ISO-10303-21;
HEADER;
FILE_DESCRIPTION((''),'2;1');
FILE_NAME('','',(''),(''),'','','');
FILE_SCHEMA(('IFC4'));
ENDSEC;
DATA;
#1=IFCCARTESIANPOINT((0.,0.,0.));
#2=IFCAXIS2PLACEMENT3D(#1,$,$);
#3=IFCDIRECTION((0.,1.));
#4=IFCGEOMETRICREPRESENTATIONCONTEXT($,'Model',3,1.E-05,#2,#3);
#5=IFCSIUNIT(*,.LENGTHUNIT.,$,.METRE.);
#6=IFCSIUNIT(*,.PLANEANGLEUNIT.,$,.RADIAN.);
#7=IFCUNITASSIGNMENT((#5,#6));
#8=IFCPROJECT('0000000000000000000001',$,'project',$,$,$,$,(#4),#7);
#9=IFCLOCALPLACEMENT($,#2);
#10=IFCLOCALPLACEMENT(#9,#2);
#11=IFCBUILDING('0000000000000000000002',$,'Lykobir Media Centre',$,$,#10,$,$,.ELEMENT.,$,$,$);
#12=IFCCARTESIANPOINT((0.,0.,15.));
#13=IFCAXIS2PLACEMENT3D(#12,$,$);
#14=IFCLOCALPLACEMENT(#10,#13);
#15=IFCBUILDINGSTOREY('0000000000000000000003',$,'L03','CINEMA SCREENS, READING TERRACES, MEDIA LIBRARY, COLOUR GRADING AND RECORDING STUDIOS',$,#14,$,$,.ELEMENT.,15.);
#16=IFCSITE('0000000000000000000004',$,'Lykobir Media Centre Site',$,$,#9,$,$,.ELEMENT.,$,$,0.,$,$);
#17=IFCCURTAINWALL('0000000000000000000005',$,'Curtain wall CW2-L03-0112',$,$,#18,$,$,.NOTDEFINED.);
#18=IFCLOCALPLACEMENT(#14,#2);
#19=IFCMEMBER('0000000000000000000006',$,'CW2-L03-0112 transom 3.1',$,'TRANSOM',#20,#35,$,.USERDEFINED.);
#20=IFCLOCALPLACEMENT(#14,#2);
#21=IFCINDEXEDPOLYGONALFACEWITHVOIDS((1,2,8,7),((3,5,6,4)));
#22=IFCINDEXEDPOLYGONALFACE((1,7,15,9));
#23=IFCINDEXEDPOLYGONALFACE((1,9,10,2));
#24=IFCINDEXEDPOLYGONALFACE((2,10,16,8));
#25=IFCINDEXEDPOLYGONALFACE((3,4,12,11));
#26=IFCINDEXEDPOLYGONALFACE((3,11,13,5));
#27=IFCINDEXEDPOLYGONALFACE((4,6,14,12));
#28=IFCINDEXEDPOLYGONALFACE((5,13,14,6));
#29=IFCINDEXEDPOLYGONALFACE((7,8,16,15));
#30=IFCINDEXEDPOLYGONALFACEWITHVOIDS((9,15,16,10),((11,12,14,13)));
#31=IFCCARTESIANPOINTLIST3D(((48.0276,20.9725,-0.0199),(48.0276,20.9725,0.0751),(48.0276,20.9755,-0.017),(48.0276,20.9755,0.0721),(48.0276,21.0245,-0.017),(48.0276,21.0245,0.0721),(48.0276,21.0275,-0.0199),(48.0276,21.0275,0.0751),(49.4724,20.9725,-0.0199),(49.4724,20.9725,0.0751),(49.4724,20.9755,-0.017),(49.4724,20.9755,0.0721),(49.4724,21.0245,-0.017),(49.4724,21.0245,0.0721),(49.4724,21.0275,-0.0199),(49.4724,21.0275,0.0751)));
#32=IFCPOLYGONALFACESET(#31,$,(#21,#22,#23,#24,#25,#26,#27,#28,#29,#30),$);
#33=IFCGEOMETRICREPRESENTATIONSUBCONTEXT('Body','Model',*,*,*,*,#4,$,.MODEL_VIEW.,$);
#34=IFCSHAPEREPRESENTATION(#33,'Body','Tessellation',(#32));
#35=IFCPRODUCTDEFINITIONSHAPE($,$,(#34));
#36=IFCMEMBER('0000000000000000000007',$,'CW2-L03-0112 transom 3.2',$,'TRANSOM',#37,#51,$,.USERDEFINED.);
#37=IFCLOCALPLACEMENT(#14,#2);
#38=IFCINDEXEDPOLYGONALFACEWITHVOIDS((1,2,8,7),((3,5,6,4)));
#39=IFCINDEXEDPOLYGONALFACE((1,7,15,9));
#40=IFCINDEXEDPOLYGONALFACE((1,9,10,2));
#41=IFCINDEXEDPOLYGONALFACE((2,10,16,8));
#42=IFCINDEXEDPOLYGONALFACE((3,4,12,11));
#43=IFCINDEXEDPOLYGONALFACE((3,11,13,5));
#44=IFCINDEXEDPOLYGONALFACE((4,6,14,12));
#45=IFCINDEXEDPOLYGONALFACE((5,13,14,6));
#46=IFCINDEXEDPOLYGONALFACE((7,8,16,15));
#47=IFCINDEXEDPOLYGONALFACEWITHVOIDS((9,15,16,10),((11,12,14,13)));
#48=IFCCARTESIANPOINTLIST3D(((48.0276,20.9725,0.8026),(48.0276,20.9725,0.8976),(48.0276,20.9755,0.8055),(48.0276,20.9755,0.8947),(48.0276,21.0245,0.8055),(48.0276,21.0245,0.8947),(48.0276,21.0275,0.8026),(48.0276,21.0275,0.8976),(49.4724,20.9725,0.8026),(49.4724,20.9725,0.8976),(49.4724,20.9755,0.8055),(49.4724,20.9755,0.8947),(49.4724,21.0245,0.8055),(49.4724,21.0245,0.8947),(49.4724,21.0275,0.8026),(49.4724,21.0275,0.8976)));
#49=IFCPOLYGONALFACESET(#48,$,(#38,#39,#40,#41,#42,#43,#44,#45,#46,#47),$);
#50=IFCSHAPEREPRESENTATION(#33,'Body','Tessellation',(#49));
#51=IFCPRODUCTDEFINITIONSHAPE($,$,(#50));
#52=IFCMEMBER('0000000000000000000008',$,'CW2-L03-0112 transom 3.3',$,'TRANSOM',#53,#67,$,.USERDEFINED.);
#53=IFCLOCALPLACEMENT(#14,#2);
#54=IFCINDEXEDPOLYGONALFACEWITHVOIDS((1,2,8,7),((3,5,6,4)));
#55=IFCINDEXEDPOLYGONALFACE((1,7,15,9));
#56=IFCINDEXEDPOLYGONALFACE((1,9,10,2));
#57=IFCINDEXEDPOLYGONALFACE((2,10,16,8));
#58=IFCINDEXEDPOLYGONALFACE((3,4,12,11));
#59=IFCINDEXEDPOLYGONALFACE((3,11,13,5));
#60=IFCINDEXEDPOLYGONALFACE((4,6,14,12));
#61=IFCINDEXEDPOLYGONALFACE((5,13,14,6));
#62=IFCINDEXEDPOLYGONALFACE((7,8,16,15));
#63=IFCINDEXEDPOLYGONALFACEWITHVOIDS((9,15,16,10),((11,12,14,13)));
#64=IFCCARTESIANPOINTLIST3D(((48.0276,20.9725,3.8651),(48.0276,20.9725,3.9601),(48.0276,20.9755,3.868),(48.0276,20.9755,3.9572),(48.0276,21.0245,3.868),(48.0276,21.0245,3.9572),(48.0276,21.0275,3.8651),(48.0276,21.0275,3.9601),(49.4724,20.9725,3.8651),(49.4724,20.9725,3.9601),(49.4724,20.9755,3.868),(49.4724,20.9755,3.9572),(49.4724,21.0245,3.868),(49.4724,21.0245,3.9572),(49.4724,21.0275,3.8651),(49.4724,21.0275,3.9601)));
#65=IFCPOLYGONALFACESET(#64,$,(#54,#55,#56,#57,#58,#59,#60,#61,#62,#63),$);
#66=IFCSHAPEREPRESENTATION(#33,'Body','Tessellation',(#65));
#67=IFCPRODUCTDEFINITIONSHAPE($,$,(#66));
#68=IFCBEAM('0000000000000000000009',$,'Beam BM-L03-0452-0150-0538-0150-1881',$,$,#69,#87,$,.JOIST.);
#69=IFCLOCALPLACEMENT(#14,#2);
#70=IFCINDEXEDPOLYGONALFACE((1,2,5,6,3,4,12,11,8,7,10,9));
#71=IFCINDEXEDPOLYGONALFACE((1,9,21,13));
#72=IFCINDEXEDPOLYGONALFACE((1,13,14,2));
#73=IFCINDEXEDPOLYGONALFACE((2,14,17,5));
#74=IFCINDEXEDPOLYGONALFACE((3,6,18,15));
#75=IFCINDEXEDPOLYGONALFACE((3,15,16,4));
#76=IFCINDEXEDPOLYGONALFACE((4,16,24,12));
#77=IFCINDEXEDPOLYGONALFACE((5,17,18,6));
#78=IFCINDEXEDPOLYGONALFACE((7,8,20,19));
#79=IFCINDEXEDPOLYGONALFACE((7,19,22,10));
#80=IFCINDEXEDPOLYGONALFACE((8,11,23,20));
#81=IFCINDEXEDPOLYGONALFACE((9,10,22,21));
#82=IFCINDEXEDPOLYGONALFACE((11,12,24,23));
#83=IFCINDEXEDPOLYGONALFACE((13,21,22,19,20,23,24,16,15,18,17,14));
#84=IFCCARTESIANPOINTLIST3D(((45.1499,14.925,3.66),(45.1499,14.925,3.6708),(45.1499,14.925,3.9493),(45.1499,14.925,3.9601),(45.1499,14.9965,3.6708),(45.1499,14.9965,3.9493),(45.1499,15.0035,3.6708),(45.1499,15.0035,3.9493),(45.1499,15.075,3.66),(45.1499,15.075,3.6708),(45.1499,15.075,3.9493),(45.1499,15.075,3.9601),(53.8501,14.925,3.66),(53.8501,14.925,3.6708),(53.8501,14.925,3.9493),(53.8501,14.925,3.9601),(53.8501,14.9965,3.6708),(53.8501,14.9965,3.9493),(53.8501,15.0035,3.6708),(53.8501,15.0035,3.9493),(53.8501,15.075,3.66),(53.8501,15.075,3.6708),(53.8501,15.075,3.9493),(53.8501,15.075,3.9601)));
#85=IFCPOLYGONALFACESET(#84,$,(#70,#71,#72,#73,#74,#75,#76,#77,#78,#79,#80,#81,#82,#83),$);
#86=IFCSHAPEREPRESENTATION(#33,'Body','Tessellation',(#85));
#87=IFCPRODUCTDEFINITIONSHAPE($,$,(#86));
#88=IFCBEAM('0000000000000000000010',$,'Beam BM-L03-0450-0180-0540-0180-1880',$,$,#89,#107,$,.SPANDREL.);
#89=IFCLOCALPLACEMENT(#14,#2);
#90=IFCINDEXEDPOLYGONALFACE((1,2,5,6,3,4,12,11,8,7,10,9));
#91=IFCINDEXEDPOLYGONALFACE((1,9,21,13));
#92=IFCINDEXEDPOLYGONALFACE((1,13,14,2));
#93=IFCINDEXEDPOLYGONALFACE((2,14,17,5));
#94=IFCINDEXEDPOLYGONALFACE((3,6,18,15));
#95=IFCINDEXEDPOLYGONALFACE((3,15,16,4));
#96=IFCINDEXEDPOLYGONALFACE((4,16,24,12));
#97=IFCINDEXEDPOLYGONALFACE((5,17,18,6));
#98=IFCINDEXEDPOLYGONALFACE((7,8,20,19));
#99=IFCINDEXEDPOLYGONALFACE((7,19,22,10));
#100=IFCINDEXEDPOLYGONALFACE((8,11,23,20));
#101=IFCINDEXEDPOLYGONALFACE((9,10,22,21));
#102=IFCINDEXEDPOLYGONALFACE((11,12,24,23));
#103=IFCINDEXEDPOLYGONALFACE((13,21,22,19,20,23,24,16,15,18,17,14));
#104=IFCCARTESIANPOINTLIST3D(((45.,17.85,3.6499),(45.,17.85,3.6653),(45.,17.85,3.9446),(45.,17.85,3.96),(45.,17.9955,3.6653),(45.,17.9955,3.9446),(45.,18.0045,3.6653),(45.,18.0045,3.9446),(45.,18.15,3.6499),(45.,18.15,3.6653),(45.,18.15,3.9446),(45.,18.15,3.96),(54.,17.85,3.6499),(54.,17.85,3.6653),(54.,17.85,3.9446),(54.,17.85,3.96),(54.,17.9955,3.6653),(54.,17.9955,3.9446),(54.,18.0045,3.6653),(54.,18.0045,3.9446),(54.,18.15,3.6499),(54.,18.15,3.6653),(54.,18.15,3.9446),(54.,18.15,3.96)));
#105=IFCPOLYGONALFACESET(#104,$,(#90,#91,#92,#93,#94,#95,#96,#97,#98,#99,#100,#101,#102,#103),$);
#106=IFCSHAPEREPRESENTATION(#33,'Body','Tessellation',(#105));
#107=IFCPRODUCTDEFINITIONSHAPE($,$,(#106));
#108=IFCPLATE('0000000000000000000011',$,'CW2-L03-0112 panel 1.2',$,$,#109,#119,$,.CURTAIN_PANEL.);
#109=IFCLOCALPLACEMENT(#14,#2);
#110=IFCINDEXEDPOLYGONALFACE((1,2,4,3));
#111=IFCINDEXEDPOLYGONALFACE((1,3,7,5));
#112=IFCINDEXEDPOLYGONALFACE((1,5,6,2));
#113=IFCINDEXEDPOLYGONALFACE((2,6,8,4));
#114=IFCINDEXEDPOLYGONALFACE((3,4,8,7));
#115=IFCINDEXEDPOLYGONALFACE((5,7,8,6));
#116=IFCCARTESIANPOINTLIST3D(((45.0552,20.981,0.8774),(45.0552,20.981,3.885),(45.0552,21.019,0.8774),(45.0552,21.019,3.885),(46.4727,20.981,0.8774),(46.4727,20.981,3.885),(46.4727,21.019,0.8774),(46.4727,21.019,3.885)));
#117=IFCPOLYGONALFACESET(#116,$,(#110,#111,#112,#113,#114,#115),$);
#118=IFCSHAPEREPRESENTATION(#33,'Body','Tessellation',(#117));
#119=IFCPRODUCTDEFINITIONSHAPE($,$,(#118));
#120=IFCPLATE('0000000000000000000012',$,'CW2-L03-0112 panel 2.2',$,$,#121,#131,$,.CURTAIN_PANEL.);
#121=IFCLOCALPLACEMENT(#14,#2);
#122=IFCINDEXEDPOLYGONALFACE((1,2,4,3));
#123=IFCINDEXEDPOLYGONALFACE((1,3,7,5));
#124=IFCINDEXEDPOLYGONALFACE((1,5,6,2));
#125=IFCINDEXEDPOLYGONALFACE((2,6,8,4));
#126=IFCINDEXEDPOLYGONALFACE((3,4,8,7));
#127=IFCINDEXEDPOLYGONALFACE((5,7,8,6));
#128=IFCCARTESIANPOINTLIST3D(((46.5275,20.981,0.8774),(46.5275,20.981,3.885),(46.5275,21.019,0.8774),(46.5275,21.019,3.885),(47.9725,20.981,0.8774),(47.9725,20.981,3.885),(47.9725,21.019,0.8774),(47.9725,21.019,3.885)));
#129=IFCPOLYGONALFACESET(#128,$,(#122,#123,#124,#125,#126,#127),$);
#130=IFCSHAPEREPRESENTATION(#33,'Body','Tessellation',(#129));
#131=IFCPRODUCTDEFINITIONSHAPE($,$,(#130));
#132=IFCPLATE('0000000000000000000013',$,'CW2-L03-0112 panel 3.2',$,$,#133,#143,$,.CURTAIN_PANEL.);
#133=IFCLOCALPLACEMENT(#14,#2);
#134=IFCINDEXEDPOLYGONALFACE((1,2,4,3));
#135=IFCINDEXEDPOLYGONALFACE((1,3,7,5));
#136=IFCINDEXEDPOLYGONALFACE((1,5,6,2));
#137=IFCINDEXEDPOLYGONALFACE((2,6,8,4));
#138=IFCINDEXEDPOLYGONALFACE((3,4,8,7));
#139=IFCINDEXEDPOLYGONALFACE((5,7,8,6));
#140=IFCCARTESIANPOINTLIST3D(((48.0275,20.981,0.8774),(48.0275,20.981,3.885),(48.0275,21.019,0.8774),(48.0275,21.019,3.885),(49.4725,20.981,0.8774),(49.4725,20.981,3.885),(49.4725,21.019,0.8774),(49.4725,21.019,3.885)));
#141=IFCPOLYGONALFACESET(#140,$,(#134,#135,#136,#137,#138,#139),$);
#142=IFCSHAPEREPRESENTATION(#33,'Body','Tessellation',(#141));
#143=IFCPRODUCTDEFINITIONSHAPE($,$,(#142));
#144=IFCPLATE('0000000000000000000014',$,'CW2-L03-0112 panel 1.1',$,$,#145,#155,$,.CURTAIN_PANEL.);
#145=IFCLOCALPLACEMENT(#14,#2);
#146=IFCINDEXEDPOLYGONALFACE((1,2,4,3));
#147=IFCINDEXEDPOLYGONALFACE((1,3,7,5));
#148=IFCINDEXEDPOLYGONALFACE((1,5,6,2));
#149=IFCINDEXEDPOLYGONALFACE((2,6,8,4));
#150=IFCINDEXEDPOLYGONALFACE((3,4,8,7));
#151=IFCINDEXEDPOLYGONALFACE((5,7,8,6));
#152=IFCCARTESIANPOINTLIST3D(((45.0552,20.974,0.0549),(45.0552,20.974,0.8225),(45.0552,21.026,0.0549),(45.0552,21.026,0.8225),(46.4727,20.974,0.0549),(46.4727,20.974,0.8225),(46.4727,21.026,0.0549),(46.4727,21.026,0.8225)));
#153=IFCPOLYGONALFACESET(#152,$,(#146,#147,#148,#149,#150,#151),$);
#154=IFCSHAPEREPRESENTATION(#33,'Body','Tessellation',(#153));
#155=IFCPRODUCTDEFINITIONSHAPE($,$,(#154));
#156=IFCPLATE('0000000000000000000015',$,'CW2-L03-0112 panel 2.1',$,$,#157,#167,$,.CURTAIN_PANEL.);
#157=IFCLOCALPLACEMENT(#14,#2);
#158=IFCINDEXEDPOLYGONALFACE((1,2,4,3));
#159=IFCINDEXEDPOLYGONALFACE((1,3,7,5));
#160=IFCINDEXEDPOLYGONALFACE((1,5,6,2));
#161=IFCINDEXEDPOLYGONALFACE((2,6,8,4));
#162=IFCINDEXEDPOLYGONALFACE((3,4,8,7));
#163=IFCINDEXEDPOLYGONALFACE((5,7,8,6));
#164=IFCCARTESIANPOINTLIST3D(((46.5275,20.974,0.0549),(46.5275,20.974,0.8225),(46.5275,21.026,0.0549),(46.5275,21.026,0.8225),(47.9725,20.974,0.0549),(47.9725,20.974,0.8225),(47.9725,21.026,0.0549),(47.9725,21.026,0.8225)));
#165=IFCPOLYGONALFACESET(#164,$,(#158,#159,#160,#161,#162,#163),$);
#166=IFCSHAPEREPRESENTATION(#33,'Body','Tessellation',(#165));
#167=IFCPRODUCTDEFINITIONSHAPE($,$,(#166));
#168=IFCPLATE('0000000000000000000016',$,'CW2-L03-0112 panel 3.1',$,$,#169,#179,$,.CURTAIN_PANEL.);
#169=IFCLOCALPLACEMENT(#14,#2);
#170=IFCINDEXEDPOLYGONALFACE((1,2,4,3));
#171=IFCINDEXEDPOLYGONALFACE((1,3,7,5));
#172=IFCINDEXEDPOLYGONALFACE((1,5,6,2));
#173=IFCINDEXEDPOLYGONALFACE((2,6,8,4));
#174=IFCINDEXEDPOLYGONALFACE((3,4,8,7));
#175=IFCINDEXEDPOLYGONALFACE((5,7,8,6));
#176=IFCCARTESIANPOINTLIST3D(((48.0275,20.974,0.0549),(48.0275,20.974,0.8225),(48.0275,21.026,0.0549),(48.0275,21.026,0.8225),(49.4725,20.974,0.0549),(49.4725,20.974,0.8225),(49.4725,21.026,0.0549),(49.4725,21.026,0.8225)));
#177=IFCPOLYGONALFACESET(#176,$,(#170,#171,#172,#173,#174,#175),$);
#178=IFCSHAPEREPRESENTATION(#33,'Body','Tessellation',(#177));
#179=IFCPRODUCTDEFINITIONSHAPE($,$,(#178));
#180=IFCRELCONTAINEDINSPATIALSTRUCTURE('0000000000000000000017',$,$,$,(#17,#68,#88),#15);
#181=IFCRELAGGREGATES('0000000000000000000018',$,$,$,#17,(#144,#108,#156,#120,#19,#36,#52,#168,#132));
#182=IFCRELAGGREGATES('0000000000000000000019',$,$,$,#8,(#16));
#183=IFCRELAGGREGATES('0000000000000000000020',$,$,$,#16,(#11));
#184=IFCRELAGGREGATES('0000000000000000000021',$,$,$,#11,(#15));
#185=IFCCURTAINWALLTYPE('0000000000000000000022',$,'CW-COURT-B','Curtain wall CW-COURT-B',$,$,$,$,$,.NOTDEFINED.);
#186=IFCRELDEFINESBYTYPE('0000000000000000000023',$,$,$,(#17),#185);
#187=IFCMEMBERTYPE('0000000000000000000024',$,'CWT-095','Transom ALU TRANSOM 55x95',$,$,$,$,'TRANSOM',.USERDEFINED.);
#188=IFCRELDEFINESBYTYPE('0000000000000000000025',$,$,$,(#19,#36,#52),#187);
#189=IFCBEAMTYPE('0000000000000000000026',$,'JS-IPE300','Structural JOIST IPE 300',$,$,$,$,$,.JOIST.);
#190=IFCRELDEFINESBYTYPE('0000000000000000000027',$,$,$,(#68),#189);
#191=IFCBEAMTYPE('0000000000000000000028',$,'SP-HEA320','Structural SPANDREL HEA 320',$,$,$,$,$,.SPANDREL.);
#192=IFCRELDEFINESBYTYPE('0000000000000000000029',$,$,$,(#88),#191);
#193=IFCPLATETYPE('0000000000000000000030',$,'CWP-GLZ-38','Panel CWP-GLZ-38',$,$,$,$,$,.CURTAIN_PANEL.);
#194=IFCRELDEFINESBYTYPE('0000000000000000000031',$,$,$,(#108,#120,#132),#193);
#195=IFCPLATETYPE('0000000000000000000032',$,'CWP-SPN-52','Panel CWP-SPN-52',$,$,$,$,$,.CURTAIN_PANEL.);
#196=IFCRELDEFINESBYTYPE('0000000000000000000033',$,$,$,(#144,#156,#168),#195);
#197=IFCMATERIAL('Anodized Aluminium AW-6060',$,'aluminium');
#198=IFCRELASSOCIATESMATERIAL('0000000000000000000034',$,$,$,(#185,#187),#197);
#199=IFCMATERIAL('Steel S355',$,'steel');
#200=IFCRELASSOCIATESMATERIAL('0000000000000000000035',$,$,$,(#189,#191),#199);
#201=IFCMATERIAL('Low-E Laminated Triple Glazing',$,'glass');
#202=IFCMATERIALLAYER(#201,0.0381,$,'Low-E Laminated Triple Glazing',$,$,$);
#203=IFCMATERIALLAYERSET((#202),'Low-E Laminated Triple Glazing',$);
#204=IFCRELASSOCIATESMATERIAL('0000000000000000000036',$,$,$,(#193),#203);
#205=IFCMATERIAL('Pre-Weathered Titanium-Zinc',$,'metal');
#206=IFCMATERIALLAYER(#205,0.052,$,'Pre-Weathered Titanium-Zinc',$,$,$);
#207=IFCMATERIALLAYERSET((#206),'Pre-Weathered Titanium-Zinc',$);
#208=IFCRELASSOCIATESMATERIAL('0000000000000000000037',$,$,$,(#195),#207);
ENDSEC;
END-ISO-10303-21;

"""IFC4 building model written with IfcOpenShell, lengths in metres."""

from ifc_helpers import new_model, si_unit, direction, frame, origin, origin_2d, place, context, subcontext, project, spatial, rectangle, hollow_rectangle, i_section, extrude, material, layer, layer_set, material_profile, profile_set, type_object, element, aggregate, save


model = new_model("IFC4")

# Units and contexts
model_context = context("Model", 3, precision=1e-05, world=origin(), true_north=direction((0.0, 1.0)))
body_context = subcontext(model_context, "Body", "Model", "MODEL_VIEW")
ifc_project = project(units=[si_unit("LENGTHUNIT", "METRE"), si_unit("PLANEANGLEUNIT", "RADIAN")], contexts=[model_context])

# Site, building, storey
site_placement = place(None, origin())
site = spatial("IfcSite", under=ifc_project, at=site_placement, Name="Lykobir Media Centre Site", CompositionType="ELEMENT", RefElevation=0.0)
building_placement = place(site_placement, origin())
building = spatial("IfcBuilding", under=site, at=building_placement, Name="Lykobir Media Centre", CompositionType="ELEMENT")
storey_placement = place(building_placement, frame((0.0, 0.0, 15.0)))
storey = spatial("IfcBuildingStorey", under=building, at=storey_placement, Name="L03", Description="CINEMA SCREENS, READING TERRACES, MEDIA LIBRARY, COLOUR GRADING AND RECORDING STUDIOS", CompositionType="ELEMENT", Elevation=15.0)

# Shared definitions
ifc_material_1 = material(Name="Steel S355", Category="steel")

# Curtain wall, members
ifc_material_2 = material(Name="Anodized Aluminium AW-6060", Category="aluminium")
curtain_wall_type = type_object("IfcCurtainWallType", Name="CW-COURT-B", Description="Curtain wall CW-COURT-B", PredefinedType="NOTDEFINED", material=ifc_material_2)
curtain_wall_placement = place(storey_placement, origin())
curtain_wall = element("IfcCurtainWall", 1, at=curtain_wall_placement, inside=storey, type_object=curtain_wall_type, Name="Curtain wall CW2-L03-0112", PredefinedType="NOTDEFINED")
ifc_material_profile_1 = material_profile(ifc_material_2, hollow_rectangle(XDim=0.0549, YDim=0.095, WallThickness=0.0029, at=origin_2d()), Name="ALU TRANSOM 55x95")
ifc_profile_set_1 = profile_set([ifc_material_profile_1], Name="Anodized Aluminium AW-6060")
member_type_1 = type_object("IfcMemberType", Name="CWT-095", Description="Transom ALU TRANSOM 55x95", ElementType="TRANSOM", PredefinedType="USERDEFINED", material=ifc_profile_set_1)
member_1_placement = place(storey_placement, frame((48.0276, 21.0, 0.0276), z_axis=(1.0, 0.0, 0.0), x_axis=(0.0, 1.0, 0.0)))
member_1 = element("IfcMember", 2, at=member_1_placement, type_object=member_type_1, Name="CW2-L03-0112 transom 3.1", ObjectType="TRANSOM", PredefinedType="USERDEFINED", context=body_context, shape_type="SweptSolid", body=[
    extrude(hollow_rectangle(XDim=0.0549, YDim=0.095, WallThickness=0.0029, at=origin_2d()), origin(), (0.0, 0.0, 1.0), 1.4448),
])
member_2_placement = place(storey_placement, frame((48.0276, 21.0, 0.8501), z_axis=(1.0, 0.0, 0.0), x_axis=(0.0, 1.0, 0.0)))
member_2 = element("IfcMember", 3, at=member_2_placement, type_object=member_type_1, Name="CW2-L03-0112 transom 3.2", ObjectType="TRANSOM", PredefinedType="USERDEFINED", context=body_context, shape_type="SweptSolid", body=[
    extrude(hollow_rectangle(XDim=0.0549, YDim=0.095, WallThickness=0.0029, at=origin_2d()), origin(), (0.0, 0.0, 1.0), 1.4448),
])
member_3_placement = place(storey_placement, frame((48.0276, 21.0, 3.9126), z_axis=(1.0, 0.0, 0.0), x_axis=(0.0, 1.0, 0.0)))
member_3 = element("IfcMember", 4, at=member_3_placement, type_object=member_type_1, Name="CW2-L03-0112 transom 3.3", ObjectType="TRANSOM", PredefinedType="USERDEFINED", context=body_context, shape_type="SweptSolid", body=[
    extrude(hollow_rectangle(XDim=0.0549, YDim=0.095, WallThickness=0.0029, at=origin_2d()), origin(), (0.0, 0.0, 1.0), 1.4448),
])

# Beams
ifc_material_profile_2 = material_profile(ifc_material_1, i_section(OverallWidth=0.1499, OverallDepth=0.3, WebThickness=0.0071, FlangeThickness=0.0107, at=origin_2d()), Name="IPE 300")
ifc_profile_set_2 = profile_set([ifc_material_profile_2], Name="Steel S355")
beam_type_1 = type_object("IfcBeamType", Name="JS-IPE300", Description="Structural JOIST IPE 300", PredefinedType="JOIST", material=ifc_profile_set_2)
beam_1_placement = place(storey_placement, frame((45.1499, 15.0, 3.8101), z_axis=(1.0, 0.0, 0.0), x_axis=(0.0, 1.0, 0.0)))
element("IfcBeam", 5, at=beam_1_placement, inside=storey, type_object=beam_type_1, Name="Beam BM-L03-0452-0150-0538-0150-1881", PredefinedType="JOIST", context=body_context, shape_type="SweptSolid", body=[
    extrude(i_section(OverallWidth=0.1499, OverallDepth=0.3, WebThickness=0.0071, FlangeThickness=0.0107, at=origin_2d()), origin(), (0.0, 0.0, 1.0), 8.7002),
])
ifc_material_profile_3 = material_profile(ifc_material_1, i_section(OverallWidth=0.3, OverallDepth=0.3101, WebThickness=0.009, FlangeThickness=0.0154, at=origin_2d()), Name="HEA 320")
ifc_profile_set_3 = profile_set([ifc_material_profile_3], Name="Steel S355")
beam_type_2 = type_object("IfcBeamType", Name="SP-HEA320", Description="Structural SPANDREL HEA 320", PredefinedType="SPANDREL", material=ifc_profile_set_3)
beam_2_placement = place(storey_placement, frame((45.0, 18.0, 3.8049), z_axis=(1.0, 0.0, 0.0), x_axis=(0.0, 1.0, 0.0)))
element("IfcBeam", 6, at=beam_2_placement, inside=storey, type_object=beam_type_2, Name="Beam BM-L03-0450-0180-0540-0180-1880", PredefinedType="SPANDREL", context=body_context, shape_type="SweptSolid", body=[
    extrude(i_section(OverallWidth=0.3, OverallDepth=0.3101, WebThickness=0.009, FlangeThickness=0.0154, at=origin_2d()), origin(), (0.0, 0.0, 1.0), 9.0),
])

# Plates
ifc_material_3 = material(Name="Low-E Laminated Triple Glazing", Category="glass")
ifc_layer_1 = layer(ifc_material_3, 0.0381, Name="Low-E Laminated Triple Glazing")
ifc_layer_set_1 = layer_set([ifc_layer_1], Name="Low-E Laminated Triple Glazing")
plate_type_1 = type_object("IfcPlateType", Name="CWP-GLZ-38", Description="Panel CWP-GLZ-38", PredefinedType="CURTAIN_PANEL", material=ifc_layer_set_1)
plate_1_placement = place(storey_placement, frame((45.7639, 21.0, 0.8774), z_axis=(0.0, 0.0, 1.0), x_axis=(1.0, 0.0, 0.0)))
plate_1 = element("IfcPlate", 7, at=plate_1_placement, type_object=plate_type_1, Name="CW2-L03-0112 panel 1.2", PredefinedType="CURTAIN_PANEL", context=body_context, shape_type="SweptSolid", body=[
    extrude(rectangle(XDim=1.4175, YDim=0.0381, at=origin_2d()), origin(), (0.0, 0.0, 1.0), 3.0076),
])
plate_2_placement = place(storey_placement, frame((47.25, 21.0, 0.8774), z_axis=(0.0, 0.0, 1.0), x_axis=(1.0, 0.0, 0.0)))
plate_2 = element("IfcPlate", 8, at=plate_2_placement, type_object=plate_type_1, Name="CW2-L03-0112 panel 2.2", PredefinedType="CURTAIN_PANEL", context=body_context, shape_type="SweptSolid", body=[
    extrude(rectangle(XDim=1.4451, YDim=0.0381, at=origin_2d()), origin(), (0.0, 0.0, 1.0), 3.0076),
])
plate_3_placement = place(storey_placement, frame((48.75, 21.0, 0.8774), z_axis=(0.0, 0.0, 1.0), x_axis=(1.0, 0.0, 0.0)))
plate_3 = element("IfcPlate", 9, at=plate_3_placement, type_object=plate_type_1, Name="CW2-L03-0112 panel 3.2", PredefinedType="CURTAIN_PANEL", context=body_context, shape_type="SweptSolid", body=[
    extrude(rectangle(XDim=1.4451, YDim=0.0381, at=origin_2d()), origin(), (0.0, 0.0, 1.0), 3.0076),
])
ifc_material_4 = material(Name="Pre-Weathered Titanium-Zinc", Category="metal")
ifc_layer_2 = layer(ifc_material_4, 0.052, Name="Pre-Weathered Titanium-Zinc")
ifc_layer_set_2 = layer_set([ifc_layer_2], Name="Pre-Weathered Titanium-Zinc")
plate_type_2 = type_object("IfcPlateType", Name="CWP-SPN-52", Description="Panel CWP-SPN-52", PredefinedType="CURTAIN_PANEL", material=ifc_layer_set_2)
plate_4_placement = place(storey_placement, frame((45.7639, 21.0, 0.0549), z_axis=(0.0, 0.0, 1.0), x_axis=(1.0, 0.0, 0.0)))
plate_4 = element("IfcPlate", 10, at=plate_4_placement, type_object=plate_type_2, Name="CW2-L03-0112 panel 1.1", PredefinedType="CURTAIN_PANEL", context=body_context, shape_type="SweptSolid", body=[
    extrude(rectangle(XDim=1.4175, YDim=0.052, at=origin_2d()), origin(), (0.0, 0.0, 1.0), 0.7676),
])
plate_5_placement = place(storey_placement, frame((47.25, 21.0, 0.0549), z_axis=(0.0, 0.0, 1.0), x_axis=(1.0, 0.0, 0.0)))
plate_5 = element("IfcPlate", 11, at=plate_5_placement, type_object=plate_type_2, Name="CW2-L03-0112 panel 2.1", PredefinedType="CURTAIN_PANEL", context=body_context, shape_type="SweptSolid", body=[
    extrude(rectangle(XDim=1.4451, YDim=0.052, at=origin_2d()), origin(), (0.0, 0.0, 1.0), 0.7676),
])
plate_6_placement = place(storey_placement, frame((48.75, 21.0, 0.0549), z_axis=(0.0, 0.0, 1.0), x_axis=(1.0, 0.0, 0.0)))
plate_6 = element("IfcPlate", 12, at=plate_6_placement, type_object=plate_type_2, Name="CW2-L03-0112 panel 3.1", PredefinedType="CURTAIN_PANEL", context=body_context, shape_type="SweptSolid", body=[
    extrude(rectangle(XDim=1.4451, YDim=0.052, at=origin_2d()), origin(), (0.0, 0.0, 1.0), 0.7676),
])
aggregate(curtain_wall, [plate_4, plate_1, plate_5, plate_2, member_1, member_2, member_3, plate_6, plate_3])

save(model, "model.ifc")
